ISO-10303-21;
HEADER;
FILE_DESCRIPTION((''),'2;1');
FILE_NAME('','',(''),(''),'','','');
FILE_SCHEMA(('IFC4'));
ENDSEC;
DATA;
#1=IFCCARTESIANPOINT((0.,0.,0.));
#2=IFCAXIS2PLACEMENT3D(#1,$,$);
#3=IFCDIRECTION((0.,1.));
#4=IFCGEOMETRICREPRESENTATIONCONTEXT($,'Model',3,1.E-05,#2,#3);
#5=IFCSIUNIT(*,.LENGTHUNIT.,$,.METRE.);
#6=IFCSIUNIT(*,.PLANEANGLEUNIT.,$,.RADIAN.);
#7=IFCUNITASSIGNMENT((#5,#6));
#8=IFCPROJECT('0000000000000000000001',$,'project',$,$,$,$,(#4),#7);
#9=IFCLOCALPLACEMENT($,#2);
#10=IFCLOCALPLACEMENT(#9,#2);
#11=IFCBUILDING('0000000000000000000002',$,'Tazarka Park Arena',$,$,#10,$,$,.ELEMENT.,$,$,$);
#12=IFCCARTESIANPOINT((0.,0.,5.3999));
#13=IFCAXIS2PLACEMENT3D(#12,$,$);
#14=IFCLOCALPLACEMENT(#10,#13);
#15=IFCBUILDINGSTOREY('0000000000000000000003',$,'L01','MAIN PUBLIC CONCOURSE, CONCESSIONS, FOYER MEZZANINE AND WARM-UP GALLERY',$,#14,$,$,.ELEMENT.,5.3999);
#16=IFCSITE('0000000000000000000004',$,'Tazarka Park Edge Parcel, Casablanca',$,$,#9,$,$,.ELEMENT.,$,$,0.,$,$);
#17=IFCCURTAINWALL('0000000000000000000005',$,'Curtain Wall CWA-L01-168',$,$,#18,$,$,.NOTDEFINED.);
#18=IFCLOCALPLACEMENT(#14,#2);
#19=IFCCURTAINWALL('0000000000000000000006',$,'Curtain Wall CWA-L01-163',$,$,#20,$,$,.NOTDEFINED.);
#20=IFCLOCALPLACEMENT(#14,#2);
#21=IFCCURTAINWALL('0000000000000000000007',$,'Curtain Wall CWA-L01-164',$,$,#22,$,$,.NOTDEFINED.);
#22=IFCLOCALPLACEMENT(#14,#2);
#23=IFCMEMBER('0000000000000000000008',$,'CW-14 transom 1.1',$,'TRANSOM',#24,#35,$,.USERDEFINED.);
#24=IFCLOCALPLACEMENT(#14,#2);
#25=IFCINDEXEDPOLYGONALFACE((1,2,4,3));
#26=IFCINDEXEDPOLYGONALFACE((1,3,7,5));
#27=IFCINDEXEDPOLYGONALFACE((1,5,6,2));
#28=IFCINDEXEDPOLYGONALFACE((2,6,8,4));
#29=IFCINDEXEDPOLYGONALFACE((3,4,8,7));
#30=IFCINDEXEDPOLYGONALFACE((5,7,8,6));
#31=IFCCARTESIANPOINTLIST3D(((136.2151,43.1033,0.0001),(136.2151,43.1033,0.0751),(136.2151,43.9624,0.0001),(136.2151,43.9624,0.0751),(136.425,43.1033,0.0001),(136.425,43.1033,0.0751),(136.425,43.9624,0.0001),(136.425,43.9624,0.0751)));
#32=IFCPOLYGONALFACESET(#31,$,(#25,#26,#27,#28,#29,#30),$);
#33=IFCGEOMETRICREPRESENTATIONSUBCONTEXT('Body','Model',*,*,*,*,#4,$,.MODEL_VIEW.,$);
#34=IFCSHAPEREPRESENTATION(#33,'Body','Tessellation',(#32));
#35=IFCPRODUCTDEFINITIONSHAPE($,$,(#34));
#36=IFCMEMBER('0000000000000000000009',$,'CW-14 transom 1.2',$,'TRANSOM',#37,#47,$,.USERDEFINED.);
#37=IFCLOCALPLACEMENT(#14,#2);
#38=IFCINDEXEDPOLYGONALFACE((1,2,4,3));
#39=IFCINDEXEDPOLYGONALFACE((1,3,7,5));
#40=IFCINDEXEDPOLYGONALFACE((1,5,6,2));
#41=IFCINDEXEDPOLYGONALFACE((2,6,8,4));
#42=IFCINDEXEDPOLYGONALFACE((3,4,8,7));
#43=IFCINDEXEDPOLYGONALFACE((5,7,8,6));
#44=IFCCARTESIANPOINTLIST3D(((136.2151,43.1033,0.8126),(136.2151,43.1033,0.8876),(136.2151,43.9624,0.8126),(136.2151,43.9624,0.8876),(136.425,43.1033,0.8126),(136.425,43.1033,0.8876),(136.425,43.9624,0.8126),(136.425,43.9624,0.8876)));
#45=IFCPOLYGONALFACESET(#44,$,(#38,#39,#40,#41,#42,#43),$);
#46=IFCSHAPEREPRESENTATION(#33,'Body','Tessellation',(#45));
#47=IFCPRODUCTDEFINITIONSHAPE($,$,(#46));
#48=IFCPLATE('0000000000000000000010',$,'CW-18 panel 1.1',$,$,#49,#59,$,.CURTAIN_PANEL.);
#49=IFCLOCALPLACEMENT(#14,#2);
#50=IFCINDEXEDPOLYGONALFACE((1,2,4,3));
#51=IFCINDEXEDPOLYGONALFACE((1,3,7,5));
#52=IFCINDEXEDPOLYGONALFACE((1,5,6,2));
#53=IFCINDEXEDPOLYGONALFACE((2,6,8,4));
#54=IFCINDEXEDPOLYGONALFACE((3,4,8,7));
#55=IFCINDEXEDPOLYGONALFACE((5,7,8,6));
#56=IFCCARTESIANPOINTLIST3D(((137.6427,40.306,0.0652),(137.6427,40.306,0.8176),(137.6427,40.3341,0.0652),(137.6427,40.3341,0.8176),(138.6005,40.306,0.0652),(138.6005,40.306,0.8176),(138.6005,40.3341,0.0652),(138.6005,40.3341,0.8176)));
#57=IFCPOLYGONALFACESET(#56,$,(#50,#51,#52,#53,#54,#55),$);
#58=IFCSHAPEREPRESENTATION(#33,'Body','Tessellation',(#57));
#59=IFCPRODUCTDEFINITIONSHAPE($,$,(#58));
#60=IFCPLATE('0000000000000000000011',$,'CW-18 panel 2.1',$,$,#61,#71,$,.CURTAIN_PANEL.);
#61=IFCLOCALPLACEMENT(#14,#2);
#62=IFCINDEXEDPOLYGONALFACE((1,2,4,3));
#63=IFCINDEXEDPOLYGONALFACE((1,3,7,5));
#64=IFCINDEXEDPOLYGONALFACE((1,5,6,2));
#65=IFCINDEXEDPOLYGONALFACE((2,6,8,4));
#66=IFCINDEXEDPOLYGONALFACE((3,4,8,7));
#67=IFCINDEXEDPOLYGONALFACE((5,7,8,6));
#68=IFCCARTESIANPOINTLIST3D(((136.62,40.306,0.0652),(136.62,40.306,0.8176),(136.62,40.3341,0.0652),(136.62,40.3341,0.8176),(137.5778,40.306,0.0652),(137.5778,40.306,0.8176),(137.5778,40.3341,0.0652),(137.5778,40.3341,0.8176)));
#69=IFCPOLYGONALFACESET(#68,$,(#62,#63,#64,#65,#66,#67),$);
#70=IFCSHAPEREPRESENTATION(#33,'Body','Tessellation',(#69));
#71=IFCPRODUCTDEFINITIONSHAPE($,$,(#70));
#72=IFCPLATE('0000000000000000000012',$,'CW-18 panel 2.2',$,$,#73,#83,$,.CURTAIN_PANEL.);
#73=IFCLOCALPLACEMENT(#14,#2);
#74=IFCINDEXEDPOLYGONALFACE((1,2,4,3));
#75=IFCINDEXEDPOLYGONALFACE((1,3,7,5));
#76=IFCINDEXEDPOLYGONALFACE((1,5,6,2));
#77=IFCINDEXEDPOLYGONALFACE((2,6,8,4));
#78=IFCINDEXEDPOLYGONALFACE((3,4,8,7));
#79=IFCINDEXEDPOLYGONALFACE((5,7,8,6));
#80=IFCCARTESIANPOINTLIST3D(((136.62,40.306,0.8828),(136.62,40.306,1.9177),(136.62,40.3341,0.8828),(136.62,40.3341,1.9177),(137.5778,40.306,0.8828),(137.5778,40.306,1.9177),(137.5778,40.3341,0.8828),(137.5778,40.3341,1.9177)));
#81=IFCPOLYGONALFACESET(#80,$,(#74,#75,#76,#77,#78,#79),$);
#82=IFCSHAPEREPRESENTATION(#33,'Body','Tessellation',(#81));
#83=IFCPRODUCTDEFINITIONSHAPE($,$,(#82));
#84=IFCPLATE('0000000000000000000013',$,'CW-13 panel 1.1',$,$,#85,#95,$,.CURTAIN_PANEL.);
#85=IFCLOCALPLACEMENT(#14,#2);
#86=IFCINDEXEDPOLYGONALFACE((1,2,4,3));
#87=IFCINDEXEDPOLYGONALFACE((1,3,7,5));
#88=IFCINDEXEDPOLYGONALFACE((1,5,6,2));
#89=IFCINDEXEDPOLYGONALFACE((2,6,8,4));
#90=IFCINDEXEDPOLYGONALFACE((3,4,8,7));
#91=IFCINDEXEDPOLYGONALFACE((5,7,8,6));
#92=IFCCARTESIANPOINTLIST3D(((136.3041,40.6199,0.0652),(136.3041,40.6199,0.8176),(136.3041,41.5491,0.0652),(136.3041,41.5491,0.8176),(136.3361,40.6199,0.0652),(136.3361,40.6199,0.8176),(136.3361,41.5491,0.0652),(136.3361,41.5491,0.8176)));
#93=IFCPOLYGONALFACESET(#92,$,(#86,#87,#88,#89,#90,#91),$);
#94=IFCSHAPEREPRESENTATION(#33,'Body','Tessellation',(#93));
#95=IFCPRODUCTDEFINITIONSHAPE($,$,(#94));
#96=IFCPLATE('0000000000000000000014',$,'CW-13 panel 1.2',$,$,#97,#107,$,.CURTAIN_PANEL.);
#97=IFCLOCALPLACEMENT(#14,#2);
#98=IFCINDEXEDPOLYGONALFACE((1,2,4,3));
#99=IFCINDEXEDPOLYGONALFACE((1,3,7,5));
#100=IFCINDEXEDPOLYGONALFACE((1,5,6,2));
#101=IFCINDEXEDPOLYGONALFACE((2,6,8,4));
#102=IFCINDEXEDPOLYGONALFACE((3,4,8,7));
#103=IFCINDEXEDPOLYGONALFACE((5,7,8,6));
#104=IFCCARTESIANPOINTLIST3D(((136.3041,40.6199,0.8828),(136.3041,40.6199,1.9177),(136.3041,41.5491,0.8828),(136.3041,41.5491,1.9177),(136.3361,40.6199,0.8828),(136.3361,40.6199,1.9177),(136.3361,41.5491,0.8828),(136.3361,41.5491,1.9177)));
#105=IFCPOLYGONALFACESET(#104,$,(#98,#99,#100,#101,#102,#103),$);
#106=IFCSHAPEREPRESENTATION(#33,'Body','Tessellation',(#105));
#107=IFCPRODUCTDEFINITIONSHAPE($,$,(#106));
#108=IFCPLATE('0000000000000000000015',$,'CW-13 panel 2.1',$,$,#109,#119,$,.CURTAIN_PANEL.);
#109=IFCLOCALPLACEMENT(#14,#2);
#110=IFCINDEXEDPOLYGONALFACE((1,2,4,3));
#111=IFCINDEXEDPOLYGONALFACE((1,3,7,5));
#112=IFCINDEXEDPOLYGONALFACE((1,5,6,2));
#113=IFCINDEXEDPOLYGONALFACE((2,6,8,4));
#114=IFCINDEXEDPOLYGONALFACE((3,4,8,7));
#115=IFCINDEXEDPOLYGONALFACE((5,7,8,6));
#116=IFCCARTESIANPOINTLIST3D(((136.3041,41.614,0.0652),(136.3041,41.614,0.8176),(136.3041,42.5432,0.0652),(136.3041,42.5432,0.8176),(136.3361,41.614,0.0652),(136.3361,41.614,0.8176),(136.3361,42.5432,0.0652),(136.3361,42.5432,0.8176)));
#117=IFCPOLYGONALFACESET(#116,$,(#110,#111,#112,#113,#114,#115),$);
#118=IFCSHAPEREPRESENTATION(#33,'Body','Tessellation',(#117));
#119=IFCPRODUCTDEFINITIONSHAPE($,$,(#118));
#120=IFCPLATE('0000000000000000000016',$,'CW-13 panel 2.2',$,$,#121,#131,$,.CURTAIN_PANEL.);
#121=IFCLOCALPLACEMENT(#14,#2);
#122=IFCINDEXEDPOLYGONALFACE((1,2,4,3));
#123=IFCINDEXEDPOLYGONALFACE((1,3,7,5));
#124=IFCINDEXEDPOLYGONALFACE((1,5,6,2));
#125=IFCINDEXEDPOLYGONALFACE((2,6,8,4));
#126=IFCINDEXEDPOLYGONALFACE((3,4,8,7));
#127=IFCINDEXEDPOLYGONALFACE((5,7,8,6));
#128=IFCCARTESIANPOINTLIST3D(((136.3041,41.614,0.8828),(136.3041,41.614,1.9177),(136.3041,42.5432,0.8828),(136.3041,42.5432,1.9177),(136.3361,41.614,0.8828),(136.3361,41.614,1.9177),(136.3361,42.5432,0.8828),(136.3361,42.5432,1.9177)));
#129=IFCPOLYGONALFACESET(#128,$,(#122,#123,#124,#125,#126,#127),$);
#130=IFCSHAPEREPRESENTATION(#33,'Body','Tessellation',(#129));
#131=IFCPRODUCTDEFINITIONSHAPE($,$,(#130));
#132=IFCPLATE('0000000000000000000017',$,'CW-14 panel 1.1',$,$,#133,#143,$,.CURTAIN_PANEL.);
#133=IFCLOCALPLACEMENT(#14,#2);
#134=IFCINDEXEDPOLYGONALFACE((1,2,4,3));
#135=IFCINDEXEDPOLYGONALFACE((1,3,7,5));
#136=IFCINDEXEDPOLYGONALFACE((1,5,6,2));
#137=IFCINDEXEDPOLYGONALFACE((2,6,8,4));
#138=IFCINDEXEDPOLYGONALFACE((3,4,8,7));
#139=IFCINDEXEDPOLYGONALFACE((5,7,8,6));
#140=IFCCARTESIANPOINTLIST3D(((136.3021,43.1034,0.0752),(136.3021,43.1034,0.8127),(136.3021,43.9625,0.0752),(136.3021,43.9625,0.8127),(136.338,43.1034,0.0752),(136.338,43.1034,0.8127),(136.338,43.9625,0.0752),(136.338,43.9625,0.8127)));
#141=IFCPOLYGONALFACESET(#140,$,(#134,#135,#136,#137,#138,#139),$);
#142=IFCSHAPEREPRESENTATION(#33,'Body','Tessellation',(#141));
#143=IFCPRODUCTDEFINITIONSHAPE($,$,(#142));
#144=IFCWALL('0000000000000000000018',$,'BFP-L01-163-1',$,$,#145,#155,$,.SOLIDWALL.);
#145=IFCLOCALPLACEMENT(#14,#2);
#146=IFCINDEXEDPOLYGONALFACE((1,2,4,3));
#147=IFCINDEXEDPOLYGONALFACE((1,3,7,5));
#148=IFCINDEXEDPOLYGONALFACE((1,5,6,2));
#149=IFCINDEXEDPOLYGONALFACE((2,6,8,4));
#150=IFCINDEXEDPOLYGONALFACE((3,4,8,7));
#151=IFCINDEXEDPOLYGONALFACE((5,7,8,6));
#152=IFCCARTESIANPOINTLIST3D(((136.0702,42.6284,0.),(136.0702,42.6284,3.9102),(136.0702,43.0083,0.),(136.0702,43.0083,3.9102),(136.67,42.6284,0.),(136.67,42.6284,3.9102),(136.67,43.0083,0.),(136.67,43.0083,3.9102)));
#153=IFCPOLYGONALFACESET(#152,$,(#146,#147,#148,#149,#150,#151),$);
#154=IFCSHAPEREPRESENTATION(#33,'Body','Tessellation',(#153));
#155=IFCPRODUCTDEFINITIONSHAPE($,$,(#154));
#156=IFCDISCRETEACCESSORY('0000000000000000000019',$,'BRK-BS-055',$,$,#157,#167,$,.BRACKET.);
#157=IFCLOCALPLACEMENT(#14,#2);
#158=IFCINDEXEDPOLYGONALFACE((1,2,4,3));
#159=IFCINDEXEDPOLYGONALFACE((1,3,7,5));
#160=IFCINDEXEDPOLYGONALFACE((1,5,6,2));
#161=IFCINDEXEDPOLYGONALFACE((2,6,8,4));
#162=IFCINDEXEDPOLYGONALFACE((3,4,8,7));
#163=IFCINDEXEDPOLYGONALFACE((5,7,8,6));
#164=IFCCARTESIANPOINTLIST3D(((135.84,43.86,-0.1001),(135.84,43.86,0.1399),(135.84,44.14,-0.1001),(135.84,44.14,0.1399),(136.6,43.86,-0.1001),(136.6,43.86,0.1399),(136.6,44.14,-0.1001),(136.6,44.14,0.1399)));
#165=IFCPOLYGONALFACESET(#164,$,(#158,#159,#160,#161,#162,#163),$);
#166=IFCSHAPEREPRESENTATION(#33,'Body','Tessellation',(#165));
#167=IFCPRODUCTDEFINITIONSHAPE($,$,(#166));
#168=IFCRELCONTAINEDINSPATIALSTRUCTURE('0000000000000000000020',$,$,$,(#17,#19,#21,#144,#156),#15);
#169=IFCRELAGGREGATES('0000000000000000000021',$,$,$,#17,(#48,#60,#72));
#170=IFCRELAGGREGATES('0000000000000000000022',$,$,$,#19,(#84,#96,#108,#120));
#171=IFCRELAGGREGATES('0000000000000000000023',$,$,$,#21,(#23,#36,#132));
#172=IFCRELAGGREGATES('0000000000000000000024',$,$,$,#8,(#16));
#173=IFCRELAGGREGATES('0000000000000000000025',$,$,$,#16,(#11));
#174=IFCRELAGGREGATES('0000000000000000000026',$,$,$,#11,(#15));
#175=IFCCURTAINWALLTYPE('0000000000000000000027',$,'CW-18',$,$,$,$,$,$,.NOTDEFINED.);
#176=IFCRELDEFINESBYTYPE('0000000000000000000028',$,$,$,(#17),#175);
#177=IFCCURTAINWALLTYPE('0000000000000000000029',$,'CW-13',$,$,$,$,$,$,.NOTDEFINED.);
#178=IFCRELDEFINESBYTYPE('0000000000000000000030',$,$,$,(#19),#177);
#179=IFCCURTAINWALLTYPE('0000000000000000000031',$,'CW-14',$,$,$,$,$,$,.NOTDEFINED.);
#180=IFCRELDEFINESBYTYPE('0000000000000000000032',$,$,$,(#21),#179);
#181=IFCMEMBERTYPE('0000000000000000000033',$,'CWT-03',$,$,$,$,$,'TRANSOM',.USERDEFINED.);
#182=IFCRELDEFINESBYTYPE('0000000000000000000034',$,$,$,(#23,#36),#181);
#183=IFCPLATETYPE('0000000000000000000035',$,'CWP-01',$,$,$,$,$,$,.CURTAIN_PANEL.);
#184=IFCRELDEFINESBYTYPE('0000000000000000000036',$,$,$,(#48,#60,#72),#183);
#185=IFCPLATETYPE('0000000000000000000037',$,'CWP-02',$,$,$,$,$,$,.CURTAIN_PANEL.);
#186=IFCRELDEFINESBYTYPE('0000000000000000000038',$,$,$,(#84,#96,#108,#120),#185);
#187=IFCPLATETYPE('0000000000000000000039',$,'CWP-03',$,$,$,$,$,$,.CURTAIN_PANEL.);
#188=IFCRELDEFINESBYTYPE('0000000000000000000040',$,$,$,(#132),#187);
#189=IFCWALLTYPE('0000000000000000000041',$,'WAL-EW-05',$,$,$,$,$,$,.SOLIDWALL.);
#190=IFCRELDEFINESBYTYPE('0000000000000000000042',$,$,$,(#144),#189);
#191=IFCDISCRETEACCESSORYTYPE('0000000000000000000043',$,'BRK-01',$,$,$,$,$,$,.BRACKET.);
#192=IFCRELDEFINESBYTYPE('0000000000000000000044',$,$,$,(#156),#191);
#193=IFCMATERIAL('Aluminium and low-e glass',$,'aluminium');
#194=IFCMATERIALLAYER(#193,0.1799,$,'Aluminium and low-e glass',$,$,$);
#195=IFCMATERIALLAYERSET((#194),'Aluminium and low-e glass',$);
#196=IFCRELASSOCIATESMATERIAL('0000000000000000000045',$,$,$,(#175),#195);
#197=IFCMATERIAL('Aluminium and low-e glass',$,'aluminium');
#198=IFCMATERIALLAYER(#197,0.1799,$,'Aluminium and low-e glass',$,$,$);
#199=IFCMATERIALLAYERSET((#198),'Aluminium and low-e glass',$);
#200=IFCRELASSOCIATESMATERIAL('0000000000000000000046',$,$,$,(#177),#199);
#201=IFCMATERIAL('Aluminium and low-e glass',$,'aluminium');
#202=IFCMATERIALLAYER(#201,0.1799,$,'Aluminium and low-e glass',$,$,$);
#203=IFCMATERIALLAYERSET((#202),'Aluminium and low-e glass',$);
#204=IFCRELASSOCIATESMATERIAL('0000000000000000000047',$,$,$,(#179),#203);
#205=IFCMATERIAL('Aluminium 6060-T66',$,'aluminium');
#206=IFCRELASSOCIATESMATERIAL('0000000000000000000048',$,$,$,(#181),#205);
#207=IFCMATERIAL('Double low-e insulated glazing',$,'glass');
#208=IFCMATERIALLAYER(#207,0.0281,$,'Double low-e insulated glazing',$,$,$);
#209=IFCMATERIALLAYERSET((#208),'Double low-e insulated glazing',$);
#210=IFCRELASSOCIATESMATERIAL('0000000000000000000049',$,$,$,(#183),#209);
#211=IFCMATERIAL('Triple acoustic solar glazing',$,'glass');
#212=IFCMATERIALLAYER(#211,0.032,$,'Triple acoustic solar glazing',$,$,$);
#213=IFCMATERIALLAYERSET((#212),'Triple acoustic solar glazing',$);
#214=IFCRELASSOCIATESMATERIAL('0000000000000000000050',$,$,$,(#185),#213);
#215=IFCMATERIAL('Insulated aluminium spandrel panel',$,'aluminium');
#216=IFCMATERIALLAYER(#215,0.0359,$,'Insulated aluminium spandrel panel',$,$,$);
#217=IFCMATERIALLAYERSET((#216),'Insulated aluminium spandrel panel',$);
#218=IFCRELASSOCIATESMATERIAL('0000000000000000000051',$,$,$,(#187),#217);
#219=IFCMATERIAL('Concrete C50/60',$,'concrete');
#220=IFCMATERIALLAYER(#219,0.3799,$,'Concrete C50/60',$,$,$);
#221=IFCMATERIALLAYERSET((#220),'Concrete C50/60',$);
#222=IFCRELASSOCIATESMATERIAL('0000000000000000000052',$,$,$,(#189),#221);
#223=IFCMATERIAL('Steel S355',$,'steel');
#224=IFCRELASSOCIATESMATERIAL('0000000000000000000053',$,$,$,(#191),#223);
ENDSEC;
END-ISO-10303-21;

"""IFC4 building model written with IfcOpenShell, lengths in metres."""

from ifc_helpers import new_model, si_unit, direction, frame, frame_2d, origin, origin_2d, place, context, subcontext, project, spatial, rectangle, extrude, material, layer, layer_set, material_profile, profile_set, type_object, element, aggregate, save


model = new_model("IFC4")

# Units and contexts
model_context = context("Model", 3, precision=1e-05, world=origin(), true_north=direction((0.0, 1.0)))
body_context = subcontext(model_context, "Body", "Model", "MODEL_VIEW")
ifc_project = project(units=[si_unit("LENGTHUNIT", "METRE"), si_unit("PLANEANGLEUNIT", "RADIAN")], contexts=[model_context])

# Site, building, storey
site_placement = place(None, origin())
site = spatial("IfcSite", under=ifc_project, at=site_placement, Name="Tazarka Park Edge Parcel, Casablanca", CompositionType="ELEMENT", RefElevation=0.0)
building_placement = place(site_placement, origin())
building = spatial("IfcBuilding", under=site, at=building_placement, Name="Tazarka Park Arena", CompositionType="ELEMENT")
storey_placement = place(building_placement, frame((0.0, 0.0, 5.3999)))
storey = spatial("IfcBuildingStorey", under=building, at=storey_placement, Name="L01", Description="MAIN PUBLIC CONCOURSE, CONCESSIONS, FOYER MEZZANINE AND WARM-UP GALLERY", CompositionType="ELEMENT", Elevation=5.3999)

# Curtain walls
ifc_material_1 = material(Name="Aluminium and low-e glass", Category="aluminium")
ifc_layer_1 = layer(ifc_material_1, 0.1799, Name="Aluminium and low-e glass")
ifc_layer_set_1 = layer_set([ifc_layer_1], Name="Aluminium and low-e glass")
curtain_wall_type_1 = type_object("IfcCurtainWallType", Name="CW-18", PredefinedType="NOTDEFINED", material=ifc_layer_set_1)
curtain_wall_1_placement = place(storey_placement, origin())
curtain_wall_1 = element("IfcCurtainWall", 1, at=curtain_wall_1_placement, inside=storey, type_object=curtain_wall_type_1, Name="Curtain Wall CWA-L01-168", PredefinedType="NOTDEFINED")
ifc_material_2 = material(Name="Aluminium and low-e glass", Category="aluminium")
ifc_layer_2 = layer(ifc_material_2, 0.1799, Name="Aluminium and low-e glass")
ifc_layer_set_2 = layer_set([ifc_layer_2], Name="Aluminium and low-e glass")
curtain_wall_type_2 = type_object("IfcCurtainWallType", Name="CW-13", PredefinedType="NOTDEFINED", material=ifc_layer_set_2)
curtain_wall_2_placement = place(storey_placement, origin())
curtain_wall_2 = element("IfcCurtainWall", 2, at=curtain_wall_2_placement, inside=storey, type_object=curtain_wall_type_2, Name="Curtain Wall CWA-L01-163", PredefinedType="NOTDEFINED")

# Curtain wall
ifc_material_3 = material(Name="Aluminium and low-e glass", Category="aluminium")
ifc_layer_3 = layer(ifc_material_3, 0.1799, Name="Aluminium and low-e glass")
ifc_layer_set_3 = layer_set([ifc_layer_3], Name="Aluminium and low-e glass")
curtain_wall_type_3 = type_object("IfcCurtainWallType", Name="CW-14", PredefinedType="NOTDEFINED", material=ifc_layer_set_3)
curtain_wall_3_placement = place(storey_placement, origin())
curtain_wall_3 = element("IfcCurtainWall", 3, at=curtain_wall_3_placement, inside=storey, type_object=curtain_wall_type_3, Name="Curtain Wall CWA-L01-164", PredefinedType="NOTDEFINED")

# Members
ifc_material_4 = material(Name="Aluminium 6060-T66", Category="aluminium")
ifc_material_profile_1 = material_profile(ifc_material_4, rectangle(XDim=0.21, YDim=0.075, at=origin_2d()), Name="Aluminium 6060-T66")
ifc_profile_set_1 = profile_set([ifc_material_profile_1], Name="Aluminium 6060-T66")
member_type_1 = type_object("IfcMemberType", Name="CWT-03", ElementType="TRANSOM", PredefinedType="USERDEFINED", material=ifc_profile_set_1)
member_1_placement = place(storey_placement, frame((136.3201, 43.1033, 0.0376), z_axis=(0.0, 1.0, 0.0), x_axis=(-1.0, 0.0, 0.0)))
member_1 = element("IfcMember", 4, at=member_1_placement, type_object=member_type_1, Name="CW-14 transom 1.1", ObjectType="TRANSOM", PredefinedType="USERDEFINED", context=body_context, shape_type="SweptSolid", body=[
    extrude(rectangle(XDim=0.21, YDim=0.075, at=origin_2d()), origin(), (0.0, 0.0, 1.0), 0.8591),
])
member_2_placement = place(storey_placement, frame((136.3201, 43.1033, 0.8501), z_axis=(0.0, 1.0, 0.0), x_axis=(-1.0, 0.0, 0.0)))
member_2 = element("IfcMember", 5, at=member_2_placement, type_object=member_type_1, Name="CW-14 transom 1.2", ObjectType="TRANSOM", PredefinedType="USERDEFINED", context=body_context, shape_type="SweptSolid", body=[
    extrude(rectangle(XDim=0.21, YDim=0.075, at=origin_2d()), origin(), (0.0, 0.0, 1.0), 0.8591),
])

# Plates
ifc_material_5 = material(Name="Double low-e insulated glazing", Category="glass")
ifc_layer_4 = layer(ifc_material_5, 0.0281, Name="Double low-e insulated glazing")
ifc_layer_set_4 = layer_set([ifc_layer_4], Name="Double low-e insulated glazing")
plate_type_1 = type_object("IfcPlateType", Name="CWP-01", PredefinedType="CURTAIN_PANEL", material=ifc_layer_set_4)
plate_1_placement = place(storey_placement, frame((138.1216, 40.3201, 0.0652), z_axis=(0.0, 0.0, 1.0), x_axis=(-1.0, 0.0, 0.0)))
plate_1 = element("IfcPlate", 6, at=plate_1_placement, type_object=plate_type_1, Name="CW-18 panel 1.1", PredefinedType="CURTAIN_PANEL", context=body_context, shape_type="SweptSolid", body=[
    extrude(rectangle(XDim=0.9578, YDim=0.0281, at=origin_2d()), origin(), (0.0, 0.0, 1.0), 0.7524),
])
plate_2_placement = place(storey_placement, frame((137.0989, 40.3201, 0.0652), z_axis=(0.0, 0.0, 1.0), x_axis=(-1.0, 0.0, 0.0)))
plate_2 = element("IfcPlate", 7, at=plate_2_placement, type_object=plate_type_1, Name="CW-18 panel 2.1", PredefinedType="CURTAIN_PANEL", context=body_context, shape_type="SweptSolid", body=[
    extrude(rectangle(XDim=0.9578, YDim=0.0281, at=origin_2d()), origin(), (0.0, 0.0, 1.0), 0.7524),
])
plate_3_placement = place(storey_placement, frame((137.0989, 40.3201, 0.8828), z_axis=(0.0, 0.0, 1.0), x_axis=(-1.0, 0.0, 0.0)))
plate_3 = element("IfcPlate", 8, at=plate_3_placement, type_object=plate_type_1, Name="CW-18 panel 2.2", PredefinedType="CURTAIN_PANEL", context=body_context, shape_type="SweptSolid", body=[
    extrude(rectangle(XDim=0.9578, YDim=0.0281, at=origin_2d()), origin(), (0.0, 0.0, 1.0), 1.0349),
])
aggregate(curtain_wall_1, [plate_1, plate_2, plate_3])
ifc_material_6 = material(Name="Triple acoustic solar glazing", Category="glass")
ifc_layer_5 = layer(ifc_material_6, 0.032, Name="Triple acoustic solar glazing")
ifc_layer_set_5 = layer_set([ifc_layer_5], Name="Triple acoustic solar glazing")
plate_type_2 = type_object("IfcPlateType", Name="CWP-02", PredefinedType="CURTAIN_PANEL", material=ifc_layer_set_5)
plate_4_placement = place(storey_placement, frame((136.3201, 41.0845, 0.0652), z_axis=(0.0, 0.0, 1.0), x_axis=(0.0, 1.0, 0.0)))
plate_4 = element("IfcPlate", 9, at=plate_4_placement, type_object=plate_type_2, Name="CW-13 panel 1.1", PredefinedType="CURTAIN_PANEL", context=body_context, shape_type="SweptSolid", body=[
    extrude(rectangle(XDim=0.9292, YDim=0.032, at=origin_2d()), origin(), (0.0, 0.0, 1.0), 0.7524),
])
plate_5_placement = place(storey_placement, frame((136.3201, 41.0845, 0.8828), z_axis=(0.0, 0.0, 1.0), x_axis=(0.0, 1.0, 0.0)))
plate_5 = element("IfcPlate", 10, at=plate_5_placement, type_object=plate_type_2, Name="CW-13 panel 1.2", PredefinedType="CURTAIN_PANEL", context=body_context, shape_type="SweptSolid", body=[
    extrude(rectangle(XDim=0.9292, YDim=0.032, at=origin_2d()), origin(), (0.0, 0.0, 1.0), 1.0349),
])
plate_6_placement = place(storey_placement, frame((136.3201, 42.0786, 0.0652), z_axis=(0.0, 0.0, 1.0), x_axis=(0.0, 1.0, 0.0)))
plate_6 = element("IfcPlate", 11, at=plate_6_placement, type_object=plate_type_2, Name="CW-13 panel 2.1", PredefinedType="CURTAIN_PANEL", context=body_context, shape_type="SweptSolid", body=[
    extrude(rectangle(XDim=0.9292, YDim=0.032, at=origin_2d()), origin(), (0.0, 0.0, 1.0), 0.7524),
])
plate_7_placement = place(storey_placement, frame((136.3201, 42.0786, 0.8828), z_axis=(0.0, 0.0, 1.0), x_axis=(0.0, 1.0, 0.0)))
plate_7 = element("IfcPlate", 12, at=plate_7_placement, type_object=plate_type_2, Name="CW-13 panel 2.2", PredefinedType="CURTAIN_PANEL", context=body_context, shape_type="SweptSolid", body=[
    extrude(rectangle(XDim=0.9292, YDim=0.032, at=origin_2d()), origin(), (0.0, 0.0, 1.0), 1.0349),
])
aggregate(curtain_wall_2, [plate_4, plate_5, plate_6, plate_7])
ifc_material_7 = material(Name="Insulated aluminium spandrel panel", Category="aluminium")
ifc_layer_6 = layer(ifc_material_7, 0.0359, Name="Insulated aluminium spandrel panel")
ifc_layer_set_6 = layer_set([ifc_layer_6], Name="Insulated aluminium spandrel panel")
plate_type_3 = type_object("IfcPlateType", Name="CWP-03", PredefinedType="CURTAIN_PANEL", material=ifc_layer_set_6)
plate_8_placement = place(storey_placement, frame((136.3201, 43.533, 0.0752), z_axis=(0.0, 0.0, 1.0), x_axis=(0.0, 1.0, 0.0)))
plate_8 = element("IfcPlate", 13, at=plate_8_placement, type_object=plate_type_3, Name="CW-14 panel 1.1", PredefinedType="CURTAIN_PANEL", context=body_context, shape_type="SweptSolid", body=[
    extrude(rectangle(XDim=0.8591, YDim=0.0359, at=origin_2d()), origin(), (0.0, 0.0, 1.0), 0.7375),
])
aggregate(curtain_wall_3, [member_1, member_2, plate_8])

# Wall
ifc_material_8 = material(Name="Concrete C50/60", Category="concrete")
ifc_layer_7 = layer(ifc_material_8, 0.3799, Name="Concrete C50/60")
ifc_layer_set_7 = layer_set([ifc_layer_7], Name="Concrete C50/60")
wall_type = type_object("IfcWallType", Name="WAL-EW-05", PredefinedType="SOLIDWALL", material=ifc_layer_set_7)
wall_placement = place(storey_placement, frame((136.6699, 42.8184, 0.0), z_axis=(0.0, 0.0, 1.0), x_axis=(-1.0, 0.0, 0.0)))
element("IfcWall", 14, at=wall_placement, inside=storey, type_object=wall_type, Name="BFP-L01-163-1", PredefinedType="SOLIDWALL", context=body_context, shape_type="SweptSolid", body=[
    extrude(rectangle(XDim=0.5999, YDim=0.3799, at=frame_2d((0.2998, 0.0))), origin(), (0.0, 0.0, 1.0), 3.9102),
])

# Discrete accessory
ifc_material_9 = material(Name="Steel S355", Category="steel")
discrete_accessory_type = type_object("IfcDiscreteAccessoryType", Name="BRK-01", PredefinedType="BRACKET", material=ifc_material_9)
discrete_accessory_placement = place(storey_placement, frame((136.22, 44.0, -0.1001), z_axis=(0.0, 0.0, 1.0), x_axis=(0.0, 1.0, 0.0)))
element("IfcDiscreteAccessory", 15, at=discrete_accessory_placement, inside=storey, type_object=discrete_accessory_type, Name="BRK-BS-055", PredefinedType="BRACKET", context=body_context, shape_type="SweptSolid", body=[
    extrude(rectangle(XDim=0.28, YDim=0.76, at=origin_2d()), origin(), (0.0, 0.0, 1.0), 0.24),
])

save(model, "model.ifc")
